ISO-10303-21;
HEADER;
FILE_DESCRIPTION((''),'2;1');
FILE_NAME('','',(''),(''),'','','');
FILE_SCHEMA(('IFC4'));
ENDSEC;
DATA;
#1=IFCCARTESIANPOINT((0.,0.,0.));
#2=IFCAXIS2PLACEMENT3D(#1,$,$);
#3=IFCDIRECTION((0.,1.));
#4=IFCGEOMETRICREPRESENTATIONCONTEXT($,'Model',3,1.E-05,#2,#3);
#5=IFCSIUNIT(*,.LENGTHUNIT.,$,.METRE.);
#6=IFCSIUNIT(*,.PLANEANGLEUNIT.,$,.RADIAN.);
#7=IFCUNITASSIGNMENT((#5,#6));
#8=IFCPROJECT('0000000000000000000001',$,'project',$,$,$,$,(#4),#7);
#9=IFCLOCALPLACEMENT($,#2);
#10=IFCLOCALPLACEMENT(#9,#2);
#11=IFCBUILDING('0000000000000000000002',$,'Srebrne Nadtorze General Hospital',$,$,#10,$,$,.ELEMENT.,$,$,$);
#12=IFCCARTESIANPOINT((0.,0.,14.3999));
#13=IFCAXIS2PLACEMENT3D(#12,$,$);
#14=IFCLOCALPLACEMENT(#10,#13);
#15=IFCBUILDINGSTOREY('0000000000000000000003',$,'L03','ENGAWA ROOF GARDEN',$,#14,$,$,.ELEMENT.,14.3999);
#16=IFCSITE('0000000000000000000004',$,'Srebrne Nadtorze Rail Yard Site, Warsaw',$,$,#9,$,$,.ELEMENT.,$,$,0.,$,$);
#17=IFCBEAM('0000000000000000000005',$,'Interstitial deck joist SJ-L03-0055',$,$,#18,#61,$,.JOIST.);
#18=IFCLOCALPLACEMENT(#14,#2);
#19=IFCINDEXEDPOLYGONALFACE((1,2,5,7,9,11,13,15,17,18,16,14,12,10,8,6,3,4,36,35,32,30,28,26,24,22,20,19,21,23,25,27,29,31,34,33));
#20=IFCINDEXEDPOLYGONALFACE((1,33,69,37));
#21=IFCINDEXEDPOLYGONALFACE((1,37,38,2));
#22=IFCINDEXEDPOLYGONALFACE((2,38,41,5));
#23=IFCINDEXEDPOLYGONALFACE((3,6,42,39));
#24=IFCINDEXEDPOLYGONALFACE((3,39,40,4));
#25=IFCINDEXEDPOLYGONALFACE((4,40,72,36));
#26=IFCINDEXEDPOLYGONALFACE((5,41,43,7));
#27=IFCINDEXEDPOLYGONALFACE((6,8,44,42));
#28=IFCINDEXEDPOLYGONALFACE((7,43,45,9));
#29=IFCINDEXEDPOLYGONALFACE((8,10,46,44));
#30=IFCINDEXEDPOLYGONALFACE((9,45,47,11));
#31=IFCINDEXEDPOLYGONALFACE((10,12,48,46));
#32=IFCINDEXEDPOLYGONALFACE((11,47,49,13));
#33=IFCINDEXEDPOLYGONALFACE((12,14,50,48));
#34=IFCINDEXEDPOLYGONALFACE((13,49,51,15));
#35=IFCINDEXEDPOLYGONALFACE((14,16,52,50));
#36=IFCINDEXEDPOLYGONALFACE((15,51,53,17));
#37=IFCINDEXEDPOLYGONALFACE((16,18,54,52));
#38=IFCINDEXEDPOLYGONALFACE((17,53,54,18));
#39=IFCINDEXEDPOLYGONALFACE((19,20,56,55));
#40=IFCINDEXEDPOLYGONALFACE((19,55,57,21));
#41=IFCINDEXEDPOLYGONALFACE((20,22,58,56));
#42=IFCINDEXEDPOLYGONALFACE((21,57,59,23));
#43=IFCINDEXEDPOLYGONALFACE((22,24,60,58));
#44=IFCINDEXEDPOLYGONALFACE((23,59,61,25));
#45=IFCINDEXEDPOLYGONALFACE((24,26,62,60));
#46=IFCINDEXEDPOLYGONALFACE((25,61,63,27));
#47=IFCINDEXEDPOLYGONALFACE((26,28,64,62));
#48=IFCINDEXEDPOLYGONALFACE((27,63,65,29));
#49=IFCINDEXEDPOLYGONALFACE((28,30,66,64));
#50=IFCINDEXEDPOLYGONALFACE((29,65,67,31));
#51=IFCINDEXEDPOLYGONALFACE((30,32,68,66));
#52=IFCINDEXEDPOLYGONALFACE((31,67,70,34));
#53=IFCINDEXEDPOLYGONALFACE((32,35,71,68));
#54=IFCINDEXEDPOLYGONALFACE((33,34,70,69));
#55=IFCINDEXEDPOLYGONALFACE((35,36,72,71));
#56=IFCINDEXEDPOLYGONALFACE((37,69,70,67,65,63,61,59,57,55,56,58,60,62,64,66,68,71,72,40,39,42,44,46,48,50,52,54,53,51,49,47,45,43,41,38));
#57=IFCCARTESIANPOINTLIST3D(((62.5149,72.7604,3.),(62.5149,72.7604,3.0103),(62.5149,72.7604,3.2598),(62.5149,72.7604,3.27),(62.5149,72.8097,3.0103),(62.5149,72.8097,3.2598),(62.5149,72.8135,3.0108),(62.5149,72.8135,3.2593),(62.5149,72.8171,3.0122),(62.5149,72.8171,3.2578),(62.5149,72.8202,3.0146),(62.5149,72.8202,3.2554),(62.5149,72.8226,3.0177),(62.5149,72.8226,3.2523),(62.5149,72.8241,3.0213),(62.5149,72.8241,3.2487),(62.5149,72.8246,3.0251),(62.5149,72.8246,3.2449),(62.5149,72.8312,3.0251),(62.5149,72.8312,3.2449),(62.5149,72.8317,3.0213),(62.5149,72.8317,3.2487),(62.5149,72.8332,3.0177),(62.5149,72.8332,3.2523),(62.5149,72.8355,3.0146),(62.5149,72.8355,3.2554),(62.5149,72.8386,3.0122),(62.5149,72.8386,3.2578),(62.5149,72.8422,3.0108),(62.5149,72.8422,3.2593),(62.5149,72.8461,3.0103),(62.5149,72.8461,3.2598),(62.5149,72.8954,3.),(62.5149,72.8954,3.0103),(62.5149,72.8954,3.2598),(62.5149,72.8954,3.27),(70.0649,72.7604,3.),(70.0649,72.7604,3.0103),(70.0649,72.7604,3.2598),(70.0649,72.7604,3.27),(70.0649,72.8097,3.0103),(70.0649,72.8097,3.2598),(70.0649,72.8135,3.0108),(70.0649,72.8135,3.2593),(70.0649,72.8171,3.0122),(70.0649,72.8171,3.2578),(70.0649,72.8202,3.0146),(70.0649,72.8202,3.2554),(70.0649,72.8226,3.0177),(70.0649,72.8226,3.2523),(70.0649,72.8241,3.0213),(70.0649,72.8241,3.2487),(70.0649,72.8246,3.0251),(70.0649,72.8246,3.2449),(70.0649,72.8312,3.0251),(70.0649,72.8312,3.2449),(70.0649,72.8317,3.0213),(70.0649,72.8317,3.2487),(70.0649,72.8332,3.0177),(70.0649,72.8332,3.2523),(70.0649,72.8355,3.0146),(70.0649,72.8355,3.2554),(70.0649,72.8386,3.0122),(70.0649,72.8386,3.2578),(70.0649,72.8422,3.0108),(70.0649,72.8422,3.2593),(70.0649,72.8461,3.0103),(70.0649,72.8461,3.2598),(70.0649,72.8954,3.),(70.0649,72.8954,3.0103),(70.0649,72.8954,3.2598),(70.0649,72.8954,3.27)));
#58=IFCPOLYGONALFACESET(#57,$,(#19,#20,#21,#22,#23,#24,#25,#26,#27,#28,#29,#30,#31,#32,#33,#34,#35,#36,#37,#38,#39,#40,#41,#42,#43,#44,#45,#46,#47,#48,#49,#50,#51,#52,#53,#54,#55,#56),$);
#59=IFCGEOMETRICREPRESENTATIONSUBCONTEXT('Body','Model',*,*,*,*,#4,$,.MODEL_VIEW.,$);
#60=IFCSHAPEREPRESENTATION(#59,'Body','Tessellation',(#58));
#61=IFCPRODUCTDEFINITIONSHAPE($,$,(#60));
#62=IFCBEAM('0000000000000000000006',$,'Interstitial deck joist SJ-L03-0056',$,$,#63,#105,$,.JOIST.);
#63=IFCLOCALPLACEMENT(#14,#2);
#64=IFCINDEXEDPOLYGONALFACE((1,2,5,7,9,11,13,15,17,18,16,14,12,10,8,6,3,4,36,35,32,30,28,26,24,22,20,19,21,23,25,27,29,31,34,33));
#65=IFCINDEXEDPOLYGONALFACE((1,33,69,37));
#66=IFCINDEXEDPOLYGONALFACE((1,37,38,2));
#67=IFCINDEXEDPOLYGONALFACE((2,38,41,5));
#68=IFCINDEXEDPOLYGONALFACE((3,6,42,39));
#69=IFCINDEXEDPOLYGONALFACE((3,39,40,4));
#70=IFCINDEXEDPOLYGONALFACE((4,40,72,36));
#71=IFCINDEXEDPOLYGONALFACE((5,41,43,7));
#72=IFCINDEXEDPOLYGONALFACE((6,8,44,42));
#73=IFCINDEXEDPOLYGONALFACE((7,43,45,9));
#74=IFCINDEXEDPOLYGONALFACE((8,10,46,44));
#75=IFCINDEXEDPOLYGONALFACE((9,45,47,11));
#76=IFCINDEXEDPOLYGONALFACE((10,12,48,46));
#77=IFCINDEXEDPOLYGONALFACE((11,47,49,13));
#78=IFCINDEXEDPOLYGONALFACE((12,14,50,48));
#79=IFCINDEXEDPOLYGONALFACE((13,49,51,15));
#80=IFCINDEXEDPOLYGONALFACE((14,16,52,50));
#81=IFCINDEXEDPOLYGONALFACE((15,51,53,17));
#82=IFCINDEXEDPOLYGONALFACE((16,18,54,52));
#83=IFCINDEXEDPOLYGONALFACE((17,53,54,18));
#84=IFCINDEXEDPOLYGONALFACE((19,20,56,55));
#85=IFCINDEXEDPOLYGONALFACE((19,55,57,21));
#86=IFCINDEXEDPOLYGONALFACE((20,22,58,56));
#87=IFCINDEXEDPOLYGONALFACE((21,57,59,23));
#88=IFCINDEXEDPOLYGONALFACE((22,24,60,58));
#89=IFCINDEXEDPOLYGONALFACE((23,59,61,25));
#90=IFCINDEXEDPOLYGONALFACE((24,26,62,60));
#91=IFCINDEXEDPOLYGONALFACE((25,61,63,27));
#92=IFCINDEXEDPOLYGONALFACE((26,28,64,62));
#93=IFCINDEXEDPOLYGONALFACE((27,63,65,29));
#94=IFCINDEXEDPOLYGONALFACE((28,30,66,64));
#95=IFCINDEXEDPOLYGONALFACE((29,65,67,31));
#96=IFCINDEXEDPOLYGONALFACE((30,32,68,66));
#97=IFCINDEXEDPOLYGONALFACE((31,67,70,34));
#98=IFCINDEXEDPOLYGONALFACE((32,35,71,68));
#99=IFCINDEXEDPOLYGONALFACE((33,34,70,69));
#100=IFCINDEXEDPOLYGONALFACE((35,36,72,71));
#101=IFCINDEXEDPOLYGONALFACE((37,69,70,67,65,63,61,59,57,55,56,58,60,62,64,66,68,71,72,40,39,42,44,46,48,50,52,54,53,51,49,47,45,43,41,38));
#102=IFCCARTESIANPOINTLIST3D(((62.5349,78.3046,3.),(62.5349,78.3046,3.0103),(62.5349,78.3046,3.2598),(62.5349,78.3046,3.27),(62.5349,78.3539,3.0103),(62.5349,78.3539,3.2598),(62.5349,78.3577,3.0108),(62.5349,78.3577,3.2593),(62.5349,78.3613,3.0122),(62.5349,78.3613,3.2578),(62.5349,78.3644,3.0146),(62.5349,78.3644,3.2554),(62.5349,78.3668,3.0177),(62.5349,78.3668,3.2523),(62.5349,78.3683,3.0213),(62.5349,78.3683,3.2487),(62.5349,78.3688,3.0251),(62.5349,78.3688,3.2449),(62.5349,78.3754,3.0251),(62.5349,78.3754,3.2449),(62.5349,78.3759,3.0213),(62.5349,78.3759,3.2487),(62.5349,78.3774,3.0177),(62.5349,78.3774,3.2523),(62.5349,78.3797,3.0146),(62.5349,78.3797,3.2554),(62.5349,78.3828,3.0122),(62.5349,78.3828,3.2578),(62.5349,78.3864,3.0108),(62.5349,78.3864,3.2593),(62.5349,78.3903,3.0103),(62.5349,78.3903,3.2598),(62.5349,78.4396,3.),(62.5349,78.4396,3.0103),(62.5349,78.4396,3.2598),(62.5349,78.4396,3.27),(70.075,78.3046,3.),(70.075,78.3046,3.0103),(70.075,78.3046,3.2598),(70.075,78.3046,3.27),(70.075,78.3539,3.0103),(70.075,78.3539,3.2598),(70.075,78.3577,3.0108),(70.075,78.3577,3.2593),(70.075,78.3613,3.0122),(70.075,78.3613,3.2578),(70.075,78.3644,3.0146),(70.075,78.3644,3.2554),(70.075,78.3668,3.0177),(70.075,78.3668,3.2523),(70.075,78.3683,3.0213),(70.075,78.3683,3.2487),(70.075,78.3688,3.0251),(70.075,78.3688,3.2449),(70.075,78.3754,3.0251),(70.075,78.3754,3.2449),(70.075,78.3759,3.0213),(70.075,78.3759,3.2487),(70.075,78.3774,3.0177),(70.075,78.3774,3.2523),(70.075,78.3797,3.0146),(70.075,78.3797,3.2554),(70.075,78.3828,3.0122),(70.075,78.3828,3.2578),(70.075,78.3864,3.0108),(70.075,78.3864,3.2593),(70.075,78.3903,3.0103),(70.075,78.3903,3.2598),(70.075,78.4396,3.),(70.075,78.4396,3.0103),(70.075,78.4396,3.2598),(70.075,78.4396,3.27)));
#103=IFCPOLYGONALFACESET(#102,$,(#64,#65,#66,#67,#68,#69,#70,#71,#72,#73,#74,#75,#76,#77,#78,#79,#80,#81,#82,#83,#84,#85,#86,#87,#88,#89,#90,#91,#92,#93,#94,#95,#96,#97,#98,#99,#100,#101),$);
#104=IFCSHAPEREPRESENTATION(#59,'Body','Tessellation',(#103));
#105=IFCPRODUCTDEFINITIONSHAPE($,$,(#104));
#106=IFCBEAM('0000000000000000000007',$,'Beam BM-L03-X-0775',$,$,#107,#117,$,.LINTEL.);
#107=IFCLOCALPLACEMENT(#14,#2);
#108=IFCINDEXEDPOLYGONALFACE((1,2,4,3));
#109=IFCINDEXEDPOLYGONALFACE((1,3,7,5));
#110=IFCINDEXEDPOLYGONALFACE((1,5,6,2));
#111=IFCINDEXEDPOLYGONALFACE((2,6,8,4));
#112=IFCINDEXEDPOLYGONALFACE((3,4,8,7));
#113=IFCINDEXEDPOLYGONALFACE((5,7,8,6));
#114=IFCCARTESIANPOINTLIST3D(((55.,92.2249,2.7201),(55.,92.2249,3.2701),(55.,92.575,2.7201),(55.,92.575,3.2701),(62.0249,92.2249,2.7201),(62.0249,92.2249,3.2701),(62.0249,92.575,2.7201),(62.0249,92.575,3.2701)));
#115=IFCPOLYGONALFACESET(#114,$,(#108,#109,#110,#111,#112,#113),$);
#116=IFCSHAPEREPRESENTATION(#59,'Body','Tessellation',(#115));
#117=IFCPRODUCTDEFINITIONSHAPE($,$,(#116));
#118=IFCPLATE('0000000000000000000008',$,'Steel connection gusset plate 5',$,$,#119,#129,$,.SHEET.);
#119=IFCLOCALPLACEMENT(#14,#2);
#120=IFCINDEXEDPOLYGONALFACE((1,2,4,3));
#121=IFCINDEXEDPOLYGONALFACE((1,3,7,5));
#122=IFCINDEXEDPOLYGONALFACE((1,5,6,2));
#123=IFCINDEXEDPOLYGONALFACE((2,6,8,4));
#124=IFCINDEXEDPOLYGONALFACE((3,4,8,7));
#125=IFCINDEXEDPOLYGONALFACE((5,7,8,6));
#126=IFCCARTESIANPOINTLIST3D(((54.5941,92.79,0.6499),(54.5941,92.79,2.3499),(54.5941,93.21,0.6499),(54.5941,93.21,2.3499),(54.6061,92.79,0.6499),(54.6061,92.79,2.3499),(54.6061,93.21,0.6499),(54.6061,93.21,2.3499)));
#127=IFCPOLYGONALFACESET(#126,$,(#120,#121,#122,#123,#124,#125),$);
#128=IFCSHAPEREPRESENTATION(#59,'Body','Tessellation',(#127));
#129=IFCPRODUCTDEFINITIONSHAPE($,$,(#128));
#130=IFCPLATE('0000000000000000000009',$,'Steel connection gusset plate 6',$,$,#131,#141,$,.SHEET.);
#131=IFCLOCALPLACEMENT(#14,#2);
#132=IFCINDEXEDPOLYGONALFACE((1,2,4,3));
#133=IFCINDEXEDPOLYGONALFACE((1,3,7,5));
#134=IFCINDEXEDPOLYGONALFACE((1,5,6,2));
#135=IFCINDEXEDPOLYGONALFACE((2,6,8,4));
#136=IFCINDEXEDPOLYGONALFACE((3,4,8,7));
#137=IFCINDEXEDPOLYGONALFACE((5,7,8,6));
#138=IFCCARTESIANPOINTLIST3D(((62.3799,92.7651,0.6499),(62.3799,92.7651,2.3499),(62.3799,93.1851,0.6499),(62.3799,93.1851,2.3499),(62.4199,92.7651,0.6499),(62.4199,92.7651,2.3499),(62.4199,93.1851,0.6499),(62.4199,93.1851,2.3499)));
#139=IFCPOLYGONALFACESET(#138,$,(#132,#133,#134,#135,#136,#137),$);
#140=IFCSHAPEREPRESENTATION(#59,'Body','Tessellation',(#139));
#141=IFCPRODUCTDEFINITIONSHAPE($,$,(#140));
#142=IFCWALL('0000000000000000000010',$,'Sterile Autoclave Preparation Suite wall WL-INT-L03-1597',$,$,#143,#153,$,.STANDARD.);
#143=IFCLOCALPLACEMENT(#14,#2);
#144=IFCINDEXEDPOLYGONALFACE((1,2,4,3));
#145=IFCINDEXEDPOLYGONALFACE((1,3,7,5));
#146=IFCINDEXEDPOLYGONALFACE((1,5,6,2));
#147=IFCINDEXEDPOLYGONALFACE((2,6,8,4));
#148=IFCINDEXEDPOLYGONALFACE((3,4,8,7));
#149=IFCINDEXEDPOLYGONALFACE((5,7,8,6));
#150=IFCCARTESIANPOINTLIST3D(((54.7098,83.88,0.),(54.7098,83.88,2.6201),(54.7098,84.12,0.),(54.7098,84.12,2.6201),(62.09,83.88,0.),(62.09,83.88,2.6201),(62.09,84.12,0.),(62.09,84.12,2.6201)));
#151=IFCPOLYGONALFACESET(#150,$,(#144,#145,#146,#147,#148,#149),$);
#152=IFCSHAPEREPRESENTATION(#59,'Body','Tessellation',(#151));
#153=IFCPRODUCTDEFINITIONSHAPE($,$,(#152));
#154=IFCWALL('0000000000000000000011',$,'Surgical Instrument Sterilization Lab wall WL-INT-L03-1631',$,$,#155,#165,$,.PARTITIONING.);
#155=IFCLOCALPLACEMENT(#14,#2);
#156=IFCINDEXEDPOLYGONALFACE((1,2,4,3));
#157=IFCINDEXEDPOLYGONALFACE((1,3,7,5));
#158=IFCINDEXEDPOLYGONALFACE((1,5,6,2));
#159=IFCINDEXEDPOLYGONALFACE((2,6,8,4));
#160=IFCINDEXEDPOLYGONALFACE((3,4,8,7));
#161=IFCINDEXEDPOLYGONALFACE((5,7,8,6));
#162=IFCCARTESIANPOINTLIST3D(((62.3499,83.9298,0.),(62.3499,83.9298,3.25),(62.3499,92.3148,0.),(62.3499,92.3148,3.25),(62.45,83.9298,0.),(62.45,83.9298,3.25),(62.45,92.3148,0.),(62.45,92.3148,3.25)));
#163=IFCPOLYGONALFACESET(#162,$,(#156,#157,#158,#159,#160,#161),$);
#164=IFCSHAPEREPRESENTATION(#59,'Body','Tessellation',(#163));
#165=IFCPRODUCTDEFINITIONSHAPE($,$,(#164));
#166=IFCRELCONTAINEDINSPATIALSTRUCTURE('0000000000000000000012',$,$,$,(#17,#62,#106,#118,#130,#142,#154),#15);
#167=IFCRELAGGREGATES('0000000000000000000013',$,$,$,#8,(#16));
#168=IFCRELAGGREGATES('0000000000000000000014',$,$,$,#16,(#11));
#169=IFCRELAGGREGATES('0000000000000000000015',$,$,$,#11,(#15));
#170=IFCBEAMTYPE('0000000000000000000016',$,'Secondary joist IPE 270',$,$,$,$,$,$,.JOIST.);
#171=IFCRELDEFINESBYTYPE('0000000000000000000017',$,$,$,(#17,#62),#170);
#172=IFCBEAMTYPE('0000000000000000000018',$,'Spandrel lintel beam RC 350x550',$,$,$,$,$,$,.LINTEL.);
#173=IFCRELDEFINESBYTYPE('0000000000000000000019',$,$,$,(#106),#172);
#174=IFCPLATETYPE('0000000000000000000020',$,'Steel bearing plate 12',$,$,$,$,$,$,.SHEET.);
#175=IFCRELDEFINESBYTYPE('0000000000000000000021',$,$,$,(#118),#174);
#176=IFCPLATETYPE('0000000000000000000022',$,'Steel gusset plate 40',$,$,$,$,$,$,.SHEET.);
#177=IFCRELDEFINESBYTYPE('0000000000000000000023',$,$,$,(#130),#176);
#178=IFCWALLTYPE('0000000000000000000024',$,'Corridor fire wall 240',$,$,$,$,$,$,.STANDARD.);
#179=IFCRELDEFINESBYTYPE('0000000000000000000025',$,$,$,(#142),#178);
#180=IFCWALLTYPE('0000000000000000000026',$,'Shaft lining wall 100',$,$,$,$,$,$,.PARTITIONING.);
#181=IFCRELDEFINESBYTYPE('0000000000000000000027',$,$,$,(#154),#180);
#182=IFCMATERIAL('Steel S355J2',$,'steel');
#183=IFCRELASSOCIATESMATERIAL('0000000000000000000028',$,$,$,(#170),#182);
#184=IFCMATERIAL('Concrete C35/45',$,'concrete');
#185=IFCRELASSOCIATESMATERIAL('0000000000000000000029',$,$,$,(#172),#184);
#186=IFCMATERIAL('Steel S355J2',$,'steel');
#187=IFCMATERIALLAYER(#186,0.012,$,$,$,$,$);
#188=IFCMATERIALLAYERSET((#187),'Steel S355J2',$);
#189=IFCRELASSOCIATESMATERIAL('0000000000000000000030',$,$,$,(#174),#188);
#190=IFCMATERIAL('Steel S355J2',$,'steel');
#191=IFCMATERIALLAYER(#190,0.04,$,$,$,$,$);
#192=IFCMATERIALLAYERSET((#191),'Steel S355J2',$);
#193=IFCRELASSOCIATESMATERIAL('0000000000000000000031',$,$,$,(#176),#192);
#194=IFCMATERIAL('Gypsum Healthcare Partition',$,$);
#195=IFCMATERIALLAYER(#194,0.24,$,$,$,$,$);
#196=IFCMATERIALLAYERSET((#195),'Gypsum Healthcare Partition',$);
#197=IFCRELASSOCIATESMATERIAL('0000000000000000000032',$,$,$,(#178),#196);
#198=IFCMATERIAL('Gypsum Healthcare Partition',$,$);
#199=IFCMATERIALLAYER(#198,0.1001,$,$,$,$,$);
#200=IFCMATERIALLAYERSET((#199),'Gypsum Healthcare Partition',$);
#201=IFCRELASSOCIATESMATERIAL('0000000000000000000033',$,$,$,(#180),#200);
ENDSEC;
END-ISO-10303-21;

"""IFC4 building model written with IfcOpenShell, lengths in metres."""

from ifc_helpers import new_model, si_unit, direction, frame, frame_2d, origin, origin_2d, place, context, subcontext, project, spatial, rectangle, i_section, extrude, material, layer, layer_set, material_profile, profile_set, type_object, element, save


model = new_model("IFC4")

# Units and contexts
model_context = context("Model", 3, precision=1e-05, world=origin(), true_north=direction((0.0, 1.0)))
body_context = subcontext(model_context, "Body", "Model", "MODEL_VIEW")
ifc_project = project(units=[si_unit("LENGTHUNIT", "METRE"), si_unit("PLANEANGLEUNIT", "RADIAN")], contexts=[model_context])

# Site, building, storey
site_placement = place(None, origin())
site = spatial("IfcSite", under=ifc_project, at=site_placement, Name="Srebrne Nadtorze Rail Yard Site, Warsaw", CompositionType="ELEMENT", RefElevation=0.0)
building_placement = place(site_placement, origin())
building = spatial("IfcBuilding", under=site, at=building_placement, Name="Srebrne Nadtorze General Hospital", CompositionType="ELEMENT")
storey_placement = place(building_placement, frame((0.0, 0.0, 14.3999)))
storey = spatial("IfcBuildingStorey", under=building, at=storey_placement, Name="L03", Description="ENGAWA ROOF GARDEN", CompositionType="ELEMENT", Elevation=14.3999)

# Beams
ifc_material_1 = material(Name="Steel S355J2", Category="steel")
ifc_material_profile_1 = material_profile(ifc_material_1, i_section(OverallWidth=0.135, OverallDepth=0.27, WebThickness=0.0066, FlangeThickness=0.0103, FilletRadius=0.0149, at=origin_2d()), Name="IPE-270")
ifc_profile_set_1 = profile_set([ifc_material_profile_1], Name="Steel S355J2")
beam_type_1 = type_object("IfcBeamType", Name="Secondary joist IPE 270", PredefinedType="JOIST", material=ifc_profile_set_1)
beam_1_placement = place(storey_placement, frame((62.5149, 72.8279, 3.135), z_axis=(1.0, 0.0, 0.0), x_axis=(0.0, 1.0, 0.0)))
element("IfcBeam", 1, at=beam_1_placement, inside=storey, type_object=beam_type_1, Name="Interstitial deck joist SJ-L03-0055", PredefinedType="JOIST", context=body_context, shape_type="SweptSolid", body=[
    extrude(i_section(OverallWidth=0.135, OverallDepth=0.27, WebThickness=0.0066, FlangeThickness=0.0103, FilletRadius=0.0149, at=origin_2d()), origin(), (0.0, 0.0, 1.0), 7.55),
])
beam_2_placement = place(storey_placement, frame((62.5349, 78.3721, 3.135), z_axis=(1.0, 0.0, 0.0), x_axis=(0.0, 1.0, 0.0)))
element("IfcBeam", 2, at=beam_2_placement, inside=storey, type_object=beam_type_1, Name="Interstitial deck joist SJ-L03-0056", PredefinedType="JOIST", context=body_context, shape_type="SweptSolid", body=[
    extrude(i_section(OverallWidth=0.135, OverallDepth=0.27, WebThickness=0.0066, FlangeThickness=0.0103, FilletRadius=0.0149, at=origin_2d()), origin(), (0.0, 0.0, 1.0), 7.54),
])
ifc_material_2 = material(Name="Concrete C35/45", Category="concrete")
ifc_material_profile_2 = material_profile(ifc_material_2, rectangle(XDim=0.3501, YDim=0.55, at=origin_2d()), Name="RC-BM-350x550")
ifc_profile_set_2 = profile_set([ifc_material_profile_2], Name="Concrete C35/45")
beam_type_2 = type_object("IfcBeamType", Name="Spandrel lintel beam RC 350x550", PredefinedType="LINTEL", material=ifc_profile_set_2)
beam_3_placement = place(storey_placement, frame((55.0, 92.3999, 2.9951), z_axis=(1.0, 0.0, 0.0), x_axis=(0.0, 1.0, 0.0)))
element("IfcBeam", 3, at=beam_3_placement, inside=storey, type_object=beam_type_2, Name="Beam BM-L03-X-0775", PredefinedType="LINTEL", context=body_context, shape_type="SweptSolid", body=[
    extrude(rectangle(XDim=0.3501, YDim=0.55, at=origin_2d()), origin(), (0.0, 0.0, 1.0), 7.0249),
])

# Plates
ifc_material_3 = material(Name="Steel S355J2", Category="steel")
ifc_layer_1 = layer(ifc_material_3, 0.012)
ifc_layer_set_1 = layer_set([ifc_layer_1], Name="Steel S355J2")
plate_type_1 = type_object("IfcPlateType", Name="Steel bearing plate 12", PredefinedType="SHEET", material=ifc_layer_set_1)
plate_1_placement = place(storey_placement, frame((54.6001, 93.0, 0.6499), z_axis=(0.0, 0.0, 1.0), x_axis=(1.0, 0.0, 0.0)))
element("IfcPlate", 4, at=plate_1_placement, inside=storey, type_object=plate_type_1, Name="Steel connection gusset plate 5", PredefinedType="SHEET", context=body_context, shape_type="SweptSolid", body=[
    extrude(rectangle(XDim=0.012, YDim=0.4199, at=origin_2d()), origin(), (0.0, 0.0, 1.0), 1.7),
])
ifc_material_4 = material(Name="Steel S355J2", Category="steel")
ifc_layer_2 = layer(ifc_material_4, 0.04)
ifc_layer_set_2 = layer_set([ifc_layer_2], Name="Steel S355J2")
plate_type_2 = type_object("IfcPlateType", Name="Steel gusset plate 40", PredefinedType="SHEET", material=ifc_layer_set_2)
plate_2_placement = place(storey_placement, frame((62.3999, 92.9751, 0.6499), z_axis=(0.0, 0.0, 1.0), x_axis=(1.0, 0.0, 0.0)))
element("IfcPlate", 5, at=plate_2_placement, inside=storey, type_object=plate_type_2, Name="Steel connection gusset plate 6", PredefinedType="SHEET", context=body_context, shape_type="SweptSolid", body=[
    extrude(rectangle(XDim=0.04, YDim=0.4199, at=origin_2d()), origin(), (0.0, 0.0, 1.0), 1.7),
])

# Walls
ifc_material_5 = material(Name="Gypsum Healthcare Partition")
ifc_layer_3 = layer(ifc_material_5, 0.24)
ifc_layer_set_3 = layer_set([ifc_layer_3], Name="Gypsum Healthcare Partition")
wall_type_1 = type_object("IfcWallType", Name="Corridor fire wall 240", PredefinedType="STANDARD", material=ifc_layer_set_3)
wall_1_placement = place(storey_placement, frame((54.71, 84.0, 0.0), z_axis=(0.0, 0.0, 1.0), x_axis=(1.0, 0.0, 0.0)))
element("IfcWall", 6, at=wall_1_placement, inside=storey, type_object=wall_type_1, Name="Sterile Autoclave Preparation Suite wall WL-INT-L03-1597", PredefinedType="STANDARD", context=body_context, shape_type="SweptSolid", body=[
    extrude(rectangle(XDim=7.3801, YDim=0.24, at=frame_2d((3.6899, 0.0))), origin(), (0.0, 0.0, 1.0), 2.6201),
])
ifc_material_6 = material(Name="Gypsum Healthcare Partition")
ifc_layer_4 = layer(ifc_material_6, 0.1001)
ifc_layer_set_4 = layer_set([ifc_layer_4], Name="Gypsum Healthcare Partition")
wall_type_2 = type_object("IfcWallType", Name="Shaft lining wall 100", PredefinedType="PARTITIONING", material=ifc_layer_set_4)
wall_2_placement = place(storey_placement, frame((62.3999, 83.9299, 0.0), z_axis=(0.0, 0.0, 1.0), x_axis=(0.0, 1.0, 0.0)))
element("IfcWall", 7, at=wall_2_placement, inside=storey, type_object=wall_type_2, Name="Surgical Instrument Sterilization Lab wall WL-INT-L03-1631", PredefinedType="PARTITIONING", context=body_context, shape_type="SweptSolid", body=[
    extrude(rectangle(XDim=8.385, YDim=0.1001, at=frame_2d((4.1924, 0.0))), origin(), (0.0, 0.0, 1.0), 3.25),
])

save(model, "model.ifc")
